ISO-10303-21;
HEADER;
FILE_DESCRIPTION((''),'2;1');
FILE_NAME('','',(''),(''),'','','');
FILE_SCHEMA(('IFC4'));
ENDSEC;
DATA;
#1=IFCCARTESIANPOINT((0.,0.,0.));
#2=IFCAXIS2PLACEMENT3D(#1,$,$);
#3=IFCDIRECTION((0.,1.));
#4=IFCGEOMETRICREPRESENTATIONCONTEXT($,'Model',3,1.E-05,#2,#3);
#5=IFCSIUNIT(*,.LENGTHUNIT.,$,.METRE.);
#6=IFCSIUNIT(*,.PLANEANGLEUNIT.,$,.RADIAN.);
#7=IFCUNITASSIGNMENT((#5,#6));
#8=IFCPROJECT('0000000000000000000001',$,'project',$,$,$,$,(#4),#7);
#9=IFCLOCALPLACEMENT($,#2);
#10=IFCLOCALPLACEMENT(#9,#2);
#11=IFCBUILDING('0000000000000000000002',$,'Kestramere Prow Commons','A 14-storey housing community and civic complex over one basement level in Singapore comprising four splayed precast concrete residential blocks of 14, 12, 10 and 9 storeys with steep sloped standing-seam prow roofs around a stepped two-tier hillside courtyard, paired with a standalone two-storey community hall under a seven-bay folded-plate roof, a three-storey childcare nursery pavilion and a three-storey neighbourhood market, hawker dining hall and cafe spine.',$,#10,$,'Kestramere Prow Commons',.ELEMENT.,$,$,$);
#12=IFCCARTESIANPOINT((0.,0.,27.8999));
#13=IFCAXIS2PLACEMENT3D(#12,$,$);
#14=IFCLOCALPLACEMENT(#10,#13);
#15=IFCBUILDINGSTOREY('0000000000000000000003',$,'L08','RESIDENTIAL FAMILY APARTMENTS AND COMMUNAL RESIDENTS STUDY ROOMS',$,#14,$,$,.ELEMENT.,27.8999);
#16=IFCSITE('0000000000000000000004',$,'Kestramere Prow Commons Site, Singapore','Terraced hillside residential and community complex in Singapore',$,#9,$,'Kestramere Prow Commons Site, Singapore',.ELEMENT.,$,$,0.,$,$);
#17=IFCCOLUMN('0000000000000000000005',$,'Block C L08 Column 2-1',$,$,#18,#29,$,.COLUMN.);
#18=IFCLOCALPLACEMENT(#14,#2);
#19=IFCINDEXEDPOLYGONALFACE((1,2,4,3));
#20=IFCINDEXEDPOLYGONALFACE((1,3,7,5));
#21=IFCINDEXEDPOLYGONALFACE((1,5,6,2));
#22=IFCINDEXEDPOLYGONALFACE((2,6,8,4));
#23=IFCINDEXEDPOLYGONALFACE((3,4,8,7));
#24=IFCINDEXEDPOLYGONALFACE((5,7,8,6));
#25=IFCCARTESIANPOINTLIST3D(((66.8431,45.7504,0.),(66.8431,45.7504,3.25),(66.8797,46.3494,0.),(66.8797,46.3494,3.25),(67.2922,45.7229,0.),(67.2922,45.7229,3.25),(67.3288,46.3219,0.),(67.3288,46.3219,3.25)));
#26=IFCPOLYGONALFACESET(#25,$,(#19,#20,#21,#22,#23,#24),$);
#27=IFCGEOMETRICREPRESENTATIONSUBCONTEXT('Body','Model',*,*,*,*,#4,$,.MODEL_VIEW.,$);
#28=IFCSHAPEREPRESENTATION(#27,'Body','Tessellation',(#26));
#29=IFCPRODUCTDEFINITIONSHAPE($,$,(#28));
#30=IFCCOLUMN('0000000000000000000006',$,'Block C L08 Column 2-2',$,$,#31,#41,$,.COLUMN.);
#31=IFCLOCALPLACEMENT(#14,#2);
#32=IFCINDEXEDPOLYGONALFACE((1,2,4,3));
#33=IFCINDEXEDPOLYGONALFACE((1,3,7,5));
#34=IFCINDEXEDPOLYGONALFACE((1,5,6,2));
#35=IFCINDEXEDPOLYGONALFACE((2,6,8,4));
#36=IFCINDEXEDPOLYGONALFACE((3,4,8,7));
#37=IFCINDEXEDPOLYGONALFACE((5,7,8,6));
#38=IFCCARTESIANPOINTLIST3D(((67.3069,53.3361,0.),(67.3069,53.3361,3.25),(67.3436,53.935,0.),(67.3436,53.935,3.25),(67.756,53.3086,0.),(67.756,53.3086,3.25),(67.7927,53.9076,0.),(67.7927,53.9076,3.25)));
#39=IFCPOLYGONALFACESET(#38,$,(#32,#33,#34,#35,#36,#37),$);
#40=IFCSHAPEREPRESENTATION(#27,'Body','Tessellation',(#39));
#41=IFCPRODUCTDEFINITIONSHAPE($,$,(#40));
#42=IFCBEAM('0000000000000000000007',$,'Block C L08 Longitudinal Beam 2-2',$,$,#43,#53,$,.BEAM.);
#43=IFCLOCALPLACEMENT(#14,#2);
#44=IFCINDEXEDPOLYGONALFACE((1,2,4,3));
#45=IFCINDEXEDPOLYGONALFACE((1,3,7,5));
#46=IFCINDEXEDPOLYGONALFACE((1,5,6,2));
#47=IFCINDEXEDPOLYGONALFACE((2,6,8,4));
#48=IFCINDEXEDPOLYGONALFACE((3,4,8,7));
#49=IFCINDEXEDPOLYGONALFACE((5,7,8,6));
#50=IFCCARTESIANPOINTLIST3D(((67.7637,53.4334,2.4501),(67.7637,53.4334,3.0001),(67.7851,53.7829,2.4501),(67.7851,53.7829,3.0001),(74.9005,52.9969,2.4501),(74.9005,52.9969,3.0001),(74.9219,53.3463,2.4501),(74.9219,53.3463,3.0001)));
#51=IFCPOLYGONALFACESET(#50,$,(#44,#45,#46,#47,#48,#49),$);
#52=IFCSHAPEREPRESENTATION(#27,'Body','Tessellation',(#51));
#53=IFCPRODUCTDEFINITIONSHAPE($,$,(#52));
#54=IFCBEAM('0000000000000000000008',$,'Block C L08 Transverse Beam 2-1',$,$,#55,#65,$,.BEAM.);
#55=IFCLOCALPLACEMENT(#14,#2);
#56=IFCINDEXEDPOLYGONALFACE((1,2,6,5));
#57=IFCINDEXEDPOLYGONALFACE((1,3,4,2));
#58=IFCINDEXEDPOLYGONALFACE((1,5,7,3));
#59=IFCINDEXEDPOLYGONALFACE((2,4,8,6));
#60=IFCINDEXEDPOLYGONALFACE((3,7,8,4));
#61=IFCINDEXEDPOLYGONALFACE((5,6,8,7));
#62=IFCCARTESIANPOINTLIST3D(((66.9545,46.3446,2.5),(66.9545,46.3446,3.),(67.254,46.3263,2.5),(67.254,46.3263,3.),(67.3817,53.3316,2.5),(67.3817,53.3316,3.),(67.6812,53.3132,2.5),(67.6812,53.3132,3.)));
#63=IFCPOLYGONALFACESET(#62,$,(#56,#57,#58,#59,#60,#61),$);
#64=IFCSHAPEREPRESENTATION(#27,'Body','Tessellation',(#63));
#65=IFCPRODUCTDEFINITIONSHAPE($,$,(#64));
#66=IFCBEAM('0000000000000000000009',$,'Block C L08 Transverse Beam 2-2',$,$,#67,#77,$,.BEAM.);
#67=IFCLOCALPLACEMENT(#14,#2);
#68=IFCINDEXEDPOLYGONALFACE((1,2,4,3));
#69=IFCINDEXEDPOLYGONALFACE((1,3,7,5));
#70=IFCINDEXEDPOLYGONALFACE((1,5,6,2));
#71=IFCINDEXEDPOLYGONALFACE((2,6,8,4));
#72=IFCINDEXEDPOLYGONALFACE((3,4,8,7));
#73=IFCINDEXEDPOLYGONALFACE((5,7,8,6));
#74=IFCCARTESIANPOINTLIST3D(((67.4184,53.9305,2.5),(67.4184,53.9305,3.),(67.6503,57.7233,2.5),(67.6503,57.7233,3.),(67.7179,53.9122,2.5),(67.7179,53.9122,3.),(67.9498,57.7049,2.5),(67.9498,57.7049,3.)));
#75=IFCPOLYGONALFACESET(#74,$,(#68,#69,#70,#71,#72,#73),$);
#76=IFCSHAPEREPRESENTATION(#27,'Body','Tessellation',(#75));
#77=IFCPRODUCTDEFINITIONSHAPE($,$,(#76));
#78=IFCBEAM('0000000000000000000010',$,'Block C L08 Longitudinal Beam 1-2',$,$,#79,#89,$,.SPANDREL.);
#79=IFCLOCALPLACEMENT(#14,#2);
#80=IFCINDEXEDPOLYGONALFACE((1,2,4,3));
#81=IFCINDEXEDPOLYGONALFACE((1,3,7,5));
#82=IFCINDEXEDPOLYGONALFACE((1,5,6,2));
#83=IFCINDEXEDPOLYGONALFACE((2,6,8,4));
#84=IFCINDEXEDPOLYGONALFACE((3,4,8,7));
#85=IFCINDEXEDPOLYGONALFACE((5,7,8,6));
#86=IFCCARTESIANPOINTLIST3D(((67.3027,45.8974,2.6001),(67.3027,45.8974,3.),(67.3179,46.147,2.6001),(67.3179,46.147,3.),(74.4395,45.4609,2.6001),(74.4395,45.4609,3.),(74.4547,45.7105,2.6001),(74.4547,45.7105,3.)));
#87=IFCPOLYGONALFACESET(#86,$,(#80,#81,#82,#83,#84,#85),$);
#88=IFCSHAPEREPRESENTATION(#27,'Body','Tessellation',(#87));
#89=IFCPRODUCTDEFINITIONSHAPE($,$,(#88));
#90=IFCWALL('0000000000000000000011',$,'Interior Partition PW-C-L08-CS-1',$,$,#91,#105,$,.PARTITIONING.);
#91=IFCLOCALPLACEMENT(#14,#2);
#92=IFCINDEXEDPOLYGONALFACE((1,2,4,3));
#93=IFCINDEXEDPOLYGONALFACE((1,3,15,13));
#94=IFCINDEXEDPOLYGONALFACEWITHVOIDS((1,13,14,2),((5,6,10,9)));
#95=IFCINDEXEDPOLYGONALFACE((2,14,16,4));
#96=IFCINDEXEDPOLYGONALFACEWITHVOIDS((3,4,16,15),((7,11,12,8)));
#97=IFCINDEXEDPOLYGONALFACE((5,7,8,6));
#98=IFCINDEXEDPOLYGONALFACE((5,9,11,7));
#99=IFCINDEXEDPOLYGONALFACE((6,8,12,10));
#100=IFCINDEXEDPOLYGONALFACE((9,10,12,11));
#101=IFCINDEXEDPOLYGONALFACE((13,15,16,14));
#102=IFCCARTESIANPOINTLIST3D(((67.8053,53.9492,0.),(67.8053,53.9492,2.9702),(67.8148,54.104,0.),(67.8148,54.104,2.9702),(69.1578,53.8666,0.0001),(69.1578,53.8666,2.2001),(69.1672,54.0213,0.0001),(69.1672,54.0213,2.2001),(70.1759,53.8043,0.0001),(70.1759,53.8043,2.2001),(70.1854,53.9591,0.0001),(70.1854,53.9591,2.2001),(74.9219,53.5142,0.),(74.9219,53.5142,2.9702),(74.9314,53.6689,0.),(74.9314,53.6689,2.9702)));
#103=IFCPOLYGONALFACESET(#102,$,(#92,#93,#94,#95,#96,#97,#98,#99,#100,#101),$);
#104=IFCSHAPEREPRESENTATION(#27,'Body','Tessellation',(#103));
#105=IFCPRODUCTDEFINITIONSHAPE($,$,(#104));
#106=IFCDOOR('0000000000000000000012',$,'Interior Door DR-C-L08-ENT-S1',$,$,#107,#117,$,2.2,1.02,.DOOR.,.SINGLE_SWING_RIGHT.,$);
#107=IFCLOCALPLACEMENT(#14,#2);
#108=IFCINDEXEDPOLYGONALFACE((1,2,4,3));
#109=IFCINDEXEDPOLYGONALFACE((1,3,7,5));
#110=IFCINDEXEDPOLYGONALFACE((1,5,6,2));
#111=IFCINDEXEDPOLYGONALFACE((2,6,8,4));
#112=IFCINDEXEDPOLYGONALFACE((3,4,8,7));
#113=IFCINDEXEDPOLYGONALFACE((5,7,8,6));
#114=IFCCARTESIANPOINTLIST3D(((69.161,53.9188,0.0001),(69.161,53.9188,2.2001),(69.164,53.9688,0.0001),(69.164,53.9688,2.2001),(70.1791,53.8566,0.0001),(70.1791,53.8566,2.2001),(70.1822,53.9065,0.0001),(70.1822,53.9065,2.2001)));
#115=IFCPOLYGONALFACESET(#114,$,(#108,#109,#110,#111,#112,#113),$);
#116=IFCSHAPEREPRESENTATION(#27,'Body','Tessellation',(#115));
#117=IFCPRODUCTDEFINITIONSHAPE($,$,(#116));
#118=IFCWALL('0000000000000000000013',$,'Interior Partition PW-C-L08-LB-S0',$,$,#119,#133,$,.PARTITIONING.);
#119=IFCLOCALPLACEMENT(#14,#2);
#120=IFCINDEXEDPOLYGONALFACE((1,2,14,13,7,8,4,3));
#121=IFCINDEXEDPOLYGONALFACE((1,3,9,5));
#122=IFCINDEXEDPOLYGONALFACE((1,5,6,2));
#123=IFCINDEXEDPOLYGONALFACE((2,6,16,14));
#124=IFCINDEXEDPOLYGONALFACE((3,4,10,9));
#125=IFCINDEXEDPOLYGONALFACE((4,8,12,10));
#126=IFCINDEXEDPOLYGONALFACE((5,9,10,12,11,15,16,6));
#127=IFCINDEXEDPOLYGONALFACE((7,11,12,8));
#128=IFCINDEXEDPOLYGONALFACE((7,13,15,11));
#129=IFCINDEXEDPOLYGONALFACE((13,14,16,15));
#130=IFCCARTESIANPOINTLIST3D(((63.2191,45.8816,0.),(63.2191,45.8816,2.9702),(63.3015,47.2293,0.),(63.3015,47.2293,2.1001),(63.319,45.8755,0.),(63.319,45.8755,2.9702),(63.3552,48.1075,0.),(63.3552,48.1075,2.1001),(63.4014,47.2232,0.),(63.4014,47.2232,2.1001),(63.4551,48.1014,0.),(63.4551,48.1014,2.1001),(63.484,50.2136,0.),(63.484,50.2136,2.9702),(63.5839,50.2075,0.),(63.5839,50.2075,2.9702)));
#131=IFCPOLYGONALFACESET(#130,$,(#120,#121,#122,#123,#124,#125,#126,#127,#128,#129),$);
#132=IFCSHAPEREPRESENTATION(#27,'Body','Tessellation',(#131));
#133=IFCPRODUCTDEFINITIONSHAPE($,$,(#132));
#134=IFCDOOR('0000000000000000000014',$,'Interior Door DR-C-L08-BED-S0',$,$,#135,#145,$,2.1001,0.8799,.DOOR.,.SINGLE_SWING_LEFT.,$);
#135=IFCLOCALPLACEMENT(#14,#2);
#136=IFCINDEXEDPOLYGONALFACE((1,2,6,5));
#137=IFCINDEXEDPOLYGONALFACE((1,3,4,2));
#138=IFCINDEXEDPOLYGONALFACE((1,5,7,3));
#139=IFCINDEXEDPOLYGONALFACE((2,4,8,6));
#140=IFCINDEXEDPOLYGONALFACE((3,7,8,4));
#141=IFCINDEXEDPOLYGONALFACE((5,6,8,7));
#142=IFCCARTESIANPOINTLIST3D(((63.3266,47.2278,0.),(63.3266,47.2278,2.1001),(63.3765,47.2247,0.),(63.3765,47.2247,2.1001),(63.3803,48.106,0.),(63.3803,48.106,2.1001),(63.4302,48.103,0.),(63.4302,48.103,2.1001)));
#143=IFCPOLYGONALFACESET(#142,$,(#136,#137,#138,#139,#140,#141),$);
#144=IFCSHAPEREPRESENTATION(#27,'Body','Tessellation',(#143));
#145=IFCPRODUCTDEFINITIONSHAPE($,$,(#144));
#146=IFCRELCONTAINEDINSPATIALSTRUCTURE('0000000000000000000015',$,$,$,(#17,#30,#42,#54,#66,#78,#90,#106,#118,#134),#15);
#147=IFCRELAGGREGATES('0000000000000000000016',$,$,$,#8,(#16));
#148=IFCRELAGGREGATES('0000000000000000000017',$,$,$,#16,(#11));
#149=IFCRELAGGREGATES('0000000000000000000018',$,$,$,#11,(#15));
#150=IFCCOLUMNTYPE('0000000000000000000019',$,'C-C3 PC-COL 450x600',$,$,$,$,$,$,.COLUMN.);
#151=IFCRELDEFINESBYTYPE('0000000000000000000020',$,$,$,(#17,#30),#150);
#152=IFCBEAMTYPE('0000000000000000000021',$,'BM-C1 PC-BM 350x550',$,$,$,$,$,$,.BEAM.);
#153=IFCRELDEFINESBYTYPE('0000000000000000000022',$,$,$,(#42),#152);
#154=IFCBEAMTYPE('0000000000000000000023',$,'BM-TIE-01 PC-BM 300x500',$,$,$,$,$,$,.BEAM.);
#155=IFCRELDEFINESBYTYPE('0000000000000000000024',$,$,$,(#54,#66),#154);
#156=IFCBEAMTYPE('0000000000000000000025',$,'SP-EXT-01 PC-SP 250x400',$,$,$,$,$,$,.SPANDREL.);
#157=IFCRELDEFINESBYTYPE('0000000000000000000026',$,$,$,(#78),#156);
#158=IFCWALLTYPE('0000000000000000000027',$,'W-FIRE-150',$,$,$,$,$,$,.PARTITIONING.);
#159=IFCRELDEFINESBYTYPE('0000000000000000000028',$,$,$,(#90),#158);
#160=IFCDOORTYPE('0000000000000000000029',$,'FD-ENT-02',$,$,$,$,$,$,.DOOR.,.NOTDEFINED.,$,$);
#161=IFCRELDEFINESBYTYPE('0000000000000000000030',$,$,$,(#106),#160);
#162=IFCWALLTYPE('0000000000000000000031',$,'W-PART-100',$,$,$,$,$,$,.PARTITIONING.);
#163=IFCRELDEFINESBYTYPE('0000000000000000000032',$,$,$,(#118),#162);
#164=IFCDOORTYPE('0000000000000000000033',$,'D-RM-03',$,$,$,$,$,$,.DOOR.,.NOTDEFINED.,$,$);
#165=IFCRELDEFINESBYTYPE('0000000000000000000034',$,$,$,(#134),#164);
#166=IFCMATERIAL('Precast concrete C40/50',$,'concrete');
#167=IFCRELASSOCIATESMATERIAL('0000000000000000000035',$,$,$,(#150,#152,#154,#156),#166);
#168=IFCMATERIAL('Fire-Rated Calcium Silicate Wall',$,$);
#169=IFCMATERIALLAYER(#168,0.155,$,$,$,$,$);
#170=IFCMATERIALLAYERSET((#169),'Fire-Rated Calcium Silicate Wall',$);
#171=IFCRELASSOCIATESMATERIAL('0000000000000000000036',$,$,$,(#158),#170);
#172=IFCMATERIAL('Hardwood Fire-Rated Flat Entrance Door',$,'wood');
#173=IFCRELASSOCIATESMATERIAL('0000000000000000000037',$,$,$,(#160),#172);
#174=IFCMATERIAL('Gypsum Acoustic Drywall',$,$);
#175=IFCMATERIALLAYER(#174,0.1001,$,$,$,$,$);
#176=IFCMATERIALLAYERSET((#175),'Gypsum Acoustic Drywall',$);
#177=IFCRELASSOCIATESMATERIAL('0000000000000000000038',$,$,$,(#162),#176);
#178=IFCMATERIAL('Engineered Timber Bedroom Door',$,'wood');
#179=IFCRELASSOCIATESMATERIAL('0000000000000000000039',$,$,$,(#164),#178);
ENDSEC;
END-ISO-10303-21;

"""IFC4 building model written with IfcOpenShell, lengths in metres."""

from ifc_helpers import new_model, si_unit, direction, frame, frame_2d, origin, origin_2d, place, context, subcontext, project, spatial, rectangle, extrude, material, layer, layer_set, material_profile, profile_set, type_object, element, fill, save


model = new_model("IFC4")

# Units and contexts
model_context = context("Model", 3, precision=1e-05, world=origin(), true_north=direction((0.0, 1.0)))
body_context = subcontext(model_context, "Body", "Model", "MODEL_VIEW")
ifc_project = project(units=[si_unit("LENGTHUNIT", "METRE"), si_unit("PLANEANGLEUNIT", "RADIAN")], contexts=[model_context])

# Site, building, storey
site_placement = place(None, origin())
site = spatial("IfcSite", under=ifc_project, at=site_placement, Name="Kestramere Prow Commons Site, Singapore", Description="Terraced hillside residential and community complex in Singapore", LongName="Kestramere Prow Commons Site, Singapore", CompositionType="ELEMENT", RefElevation=0.0)
building_placement = place(site_placement, origin())
building = spatial("IfcBuilding", under=site, at=building_placement, Name="Kestramere Prow Commons", Description="A 14-storey housing community and civic complex over one basement level in Singapore comprising four splayed precast concrete residential blocks of 14, 12, 10 and 9 storeys with steep sloped standing-seam prow roofs around a stepped two-tier hillside courtyard, paired with a standalone two-storey community hall under a seven-bay folded-plate roof, a three-storey childcare nursery pavilion and a three-storey neighbourhood market, hawker dining hall and cafe spine.", LongName="Kestramere Prow Commons", CompositionType="ELEMENT")
storey_placement = place(building_placement, frame((0.0, 0.0, 27.8999)))
storey = spatial("IfcBuildingStorey", under=building, at=storey_placement, Name="L08", Description="RESIDENTIAL FAMILY APARTMENTS AND COMMUNAL RESIDENTS STUDY ROOMS", CompositionType="ELEMENT", Elevation=27.8999)

# Columns
ifc_material_1 = material(Name="Precast concrete C40/50", Category="concrete")
ifc_material_profile_1 = material_profile(ifc_material_1, rectangle(XDim=0.45, YDim=0.6001, at=origin_2d()), Name="PC-COL 450x600")
ifc_profile_set_1 = profile_set([ifc_material_profile_1], Name="Precast concrete C40/50")
column_type = type_object("IfcColumnType", Name="C-C3 PC-COL 450x600", PredefinedType="COLUMN", material=ifc_profile_set_1)
for number, where, z_axis, x_axis, name in (
    (1, (67.0859, 46.0361, 0.0), (0.0, 0.0, 1.0), (0.998135, -0.061049, 0.0), "Block C L08 Column 2-1"),
    (2, (67.5498, 53.6218, 0.0), (0.0, 0.0, 1.0), (0.998135, -0.061049, 0.0), "Block C L08 Column 2-2"),
):
    element("IfcColumn", number, at=place(storey_placement, frame(where, z_axis=z_axis, x_axis=x_axis)), inside=storey, type_object=column_type, Name=name, PredefinedType="COLUMN", context=body_context, shape_type="SweptSolid", body=[
        extrude(rectangle(XDim=0.45, YDim=0.6001, at=origin_2d()), origin(), (0.0, 0.0, 1.0), 3.25),
    ])

# Beams
ifc_material_profile_2 = material_profile(ifc_material_1, rectangle(XDim=0.3501, YDim=0.55, at=origin_2d()), Name="PC-BM 350x550")
ifc_profile_set_2 = profile_set([ifc_material_profile_2], Name="Precast concrete C40/50")
beam_type_1 = type_object("IfcBeamType", Name="BM-C1 PC-BM 350x550", PredefinedType="BEAM", material=ifc_profile_set_2)
beam_1_placement = place(storey_placement, frame((67.7744, 53.6082, 2.7251), z_axis=(0.998135, -0.061052, 0.0), x_axis=(0.061052, 0.998135, 0.0)))
element("IfcBeam", 3, at=beam_1_placement, inside=storey, type_object=beam_type_1, Name="Block C L08 Longitudinal Beam 2-2", PredefinedType="BEAM", context=body_context, shape_type="SweptSolid", body=[
    extrude(rectangle(XDim=0.3501, YDim=0.55, at=origin_2d()), origin(), (0.0, 0.0, 1.0), 7.1501),
])
ifc_material_profile_3 = material_profile(ifc_material_1, rectangle(XDim=0.3, YDim=0.5, at=origin_2d()), Name="PC-BM 300x500")
ifc_profile_set_3 = profile_set([ifc_material_profile_3], Name="Precast concrete C40/50")
beam_type_2 = type_object("IfcBeamType", Name="BM-TIE-01 PC-BM 300x500", PredefinedType="BEAM", material=ifc_profile_set_3)
beam_2_placement = place(storey_placement, frame((67.1042, 46.3354, 2.75), z_axis=(0.061034, 0.998136, 0.0), x_axis=(-0.998136, 0.061034, 0.0)))
element("IfcBeam", 4, at=beam_2_placement, inside=storey, type_object=beam_type_2, Name="Block C L08 Transverse Beam 2-1", PredefinedType="BEAM", context=body_context, shape_type="SweptSolid", body=[
    extrude(rectangle(XDim=0.3, YDim=0.5, at=origin_2d()), origin(), (0.0, 0.0, 1.0), 7.0),
])
beam_3_placement = place(storey_placement, frame((67.5681, 53.9214, 2.75), z_axis=(0.061038, 0.998135, 0.0), x_axis=(-0.998135, 0.061038, 0.0)))
element("IfcBeam", 5, at=beam_3_placement, inside=storey, type_object=beam_type_2, Name="Block C L08 Transverse Beam 2-2", PredefinedType="BEAM", context=body_context, shape_type="SweptSolid", body=[
    extrude(rectangle(XDim=0.3, YDim=0.5, at=origin_2d()), origin(), (0.0, 0.0, 1.0), 3.7998),
])
ifc_material_profile_4 = material_profile(ifc_material_1, rectangle(XDim=0.25, YDim=0.3999, at=origin_2d()), Name="PC-SP 250x400")
ifc_profile_set_4 = profile_set([ifc_material_profile_4], Name="Precast concrete C40/50")
beam_type_3 = type_object("IfcBeamType", Name="SP-EXT-01 PC-SP 250x400", PredefinedType="SPANDREL", material=ifc_profile_set_4)
beam_4_placement = place(storey_placement, frame((67.3103, 46.0222, 2.8), z_axis=(0.998135, -0.061052, 0.0), x_axis=(0.061052, 0.998135, 0.0)))
element("IfcBeam", 6, at=beam_4_placement, inside=storey, type_object=beam_type_3, Name="Block C L08 Longitudinal Beam 1-2", PredefinedType="SPANDREL", context=body_context, shape_type="SweptSolid", body=[
    extrude(rectangle(XDim=0.25, YDim=0.3999, at=origin_2d()), origin(), (0.0, 0.0, 1.0), 7.1501),
])

# Walls, openings, doors
ifc_material_2 = material(Name="Fire-Rated Calcium Silicate Wall")
ifc_layer_1 = layer(ifc_material_2, 0.155)
ifc_layer_set_1 = layer_set([ifc_layer_1], Name="Fire-Rated Calcium Silicate Wall")
wall_type_1 = type_object("IfcWallType", Name="W-FIRE-150", PredefinedType="PARTITIONING", material=ifc_layer_set_1)
wall_1_placement = place(storey_placement, frame((67.8101, 54.0266, 0.0), z_axis=(0.0, 0.0, 1.0), x_axis=(0.998137, -0.061018, 0.0)))
wall_1 = element("IfcWall", 7, at=wall_1_placement, inside=storey, type_object=wall_type_1, Name="Interior Partition PW-C-L08-CS-1", PredefinedType="PARTITIONING", context=body_context, shape_type="SweptSolid", body=[
    extrude(rectangle(XDim=7.1299, YDim=0.155, at=frame_2d((3.5649, 0.0))), origin(), (0.0, 0.0, 1.0), 2.9702),
])
opening_1_placement = place(wall_1_placement, frame((1.355, 0.0, 0.0)))
opening_1 = element("IfcOpeningElement", 8, at=opening_1_placement, cuts=wall_1, PredefinedType="OPENING", context=body_context, shape_type="SweptSolid", body=[
    extrude(rectangle(XDim=1.02, YDim=2.2, at=frame_2d((0.51, 1.1001))), frame((0.0, 0.0925, 0.0), z_axis=(0.0, -1.0, 0.0), x_axis=(1.0, 0.0, 0.0)), (0.0, 0.0, 1.0), 0.1851),
])
ifc_material_3 = material(Name="Hardwood Fire-Rated Flat Entrance Door", Category="wood")
door_type_1 = type_object("IfcDoorType", Name="FD-ENT-02", OperationType="NOTDEFINED", PredefinedType="DOOR", material=ifc_material_3)
door_1_placement = place(opening_1_placement, origin())
door_1 = element("IfcDoor", 9, at=door_1_placement, inside=storey, type_object=door_type_1, Name="Interior Door DR-C-L08-ENT-S1", OperationType="SINGLE_SWING_RIGHT", OverallHeight=2.2, OverallWidth=1.02, PredefinedType="DOOR", context=body_context, shape_type="SweptSolid", body=[
    extrude(rectangle(XDim=1.02, YDim=2.2, at=frame_2d((0.51, 1.1001))), frame((0.0, 0.0249, 0.0), z_axis=(0.0, -1.0, 0.0), x_axis=(1.0, 0.0, 0.0)), (0.0, 0.0, 1.0), 0.05),
])
fill(opening_1, door_1)
ifc_material_4 = material(Name="Gypsum Acoustic Drywall")
ifc_layer_2 = layer(ifc_material_4, 0.1001)
ifc_layer_set_2 = layer_set([ifc_layer_2], Name="Gypsum Acoustic Drywall")
wall_type_2 = type_object("IfcWallType", Name="W-PART-100", PredefinedType="PARTITIONING", material=ifc_layer_set_2)
wall_2_placement = place(storey_placement, frame((63.269, 45.8787, 0.0), z_axis=(0.0, 0.0, 1.0), x_axis=(0.061033, 0.998136, 0.0)))
wall_2 = element("IfcWall", 10, at=wall_2_placement, inside=storey, type_object=wall_type_2, Name="Interior Partition PW-C-L08-LB-S0", PredefinedType="PARTITIONING", context=body_context, shape_type="SweptSolid", body=[
    extrude(rectangle(XDim=4.3401, YDim=0.1001, at=frame_2d((2.1699, 0.0))), origin(), (0.0, 0.0, 1.0), 2.9702),
])
opening_2_placement = place(wall_2_placement, frame((1.3501, 0.0, 0.0)))
opening_2 = element("IfcOpeningElement", 11, at=opening_2_placement, cuts=wall_2, PredefinedType="OPENING", context=body_context, shape_type="SweptSolid", body=[
    extrude(rectangle(XDim=0.8799, YDim=2.1001, at=frame_2d((0.4399, 1.05))), frame((0.0, 0.0649, 0.0), z_axis=(0.0, -1.0, 0.0), x_axis=(1.0, 0.0, 0.0)), (0.0, 0.0, 1.0), 0.1301),
])
ifc_material_5 = material(Name="Engineered Timber Bedroom Door", Category="wood")
door_type_2 = type_object("IfcDoorType", Name="D-RM-03", OperationType="NOTDEFINED", PredefinedType="DOOR", material=ifc_material_5)
door_2_placement = place(opening_2_placement, origin())
door_2 = element("IfcDoor", 12, at=door_2_placement, inside=storey, type_object=door_type_2, Name="Interior Door DR-C-L08-BED-S0", OperationType="SINGLE_SWING_LEFT", OverallHeight=2.1001, OverallWidth=0.8799, PredefinedType="DOOR", context=body_context, shape_type="SweptSolid", body=[
    extrude(rectangle(XDim=0.8799, YDim=2.1001, at=frame_2d((0.4399, 1.05))), frame((0.0, 0.0249, 0.0), z_axis=(0.0, -1.0, 0.0), x_axis=(1.0, 0.0, 0.0)), (0.0, 0.0, 1.0), 0.05),
])
fill(opening_2, door_2)

save(model, "model.ifc")
